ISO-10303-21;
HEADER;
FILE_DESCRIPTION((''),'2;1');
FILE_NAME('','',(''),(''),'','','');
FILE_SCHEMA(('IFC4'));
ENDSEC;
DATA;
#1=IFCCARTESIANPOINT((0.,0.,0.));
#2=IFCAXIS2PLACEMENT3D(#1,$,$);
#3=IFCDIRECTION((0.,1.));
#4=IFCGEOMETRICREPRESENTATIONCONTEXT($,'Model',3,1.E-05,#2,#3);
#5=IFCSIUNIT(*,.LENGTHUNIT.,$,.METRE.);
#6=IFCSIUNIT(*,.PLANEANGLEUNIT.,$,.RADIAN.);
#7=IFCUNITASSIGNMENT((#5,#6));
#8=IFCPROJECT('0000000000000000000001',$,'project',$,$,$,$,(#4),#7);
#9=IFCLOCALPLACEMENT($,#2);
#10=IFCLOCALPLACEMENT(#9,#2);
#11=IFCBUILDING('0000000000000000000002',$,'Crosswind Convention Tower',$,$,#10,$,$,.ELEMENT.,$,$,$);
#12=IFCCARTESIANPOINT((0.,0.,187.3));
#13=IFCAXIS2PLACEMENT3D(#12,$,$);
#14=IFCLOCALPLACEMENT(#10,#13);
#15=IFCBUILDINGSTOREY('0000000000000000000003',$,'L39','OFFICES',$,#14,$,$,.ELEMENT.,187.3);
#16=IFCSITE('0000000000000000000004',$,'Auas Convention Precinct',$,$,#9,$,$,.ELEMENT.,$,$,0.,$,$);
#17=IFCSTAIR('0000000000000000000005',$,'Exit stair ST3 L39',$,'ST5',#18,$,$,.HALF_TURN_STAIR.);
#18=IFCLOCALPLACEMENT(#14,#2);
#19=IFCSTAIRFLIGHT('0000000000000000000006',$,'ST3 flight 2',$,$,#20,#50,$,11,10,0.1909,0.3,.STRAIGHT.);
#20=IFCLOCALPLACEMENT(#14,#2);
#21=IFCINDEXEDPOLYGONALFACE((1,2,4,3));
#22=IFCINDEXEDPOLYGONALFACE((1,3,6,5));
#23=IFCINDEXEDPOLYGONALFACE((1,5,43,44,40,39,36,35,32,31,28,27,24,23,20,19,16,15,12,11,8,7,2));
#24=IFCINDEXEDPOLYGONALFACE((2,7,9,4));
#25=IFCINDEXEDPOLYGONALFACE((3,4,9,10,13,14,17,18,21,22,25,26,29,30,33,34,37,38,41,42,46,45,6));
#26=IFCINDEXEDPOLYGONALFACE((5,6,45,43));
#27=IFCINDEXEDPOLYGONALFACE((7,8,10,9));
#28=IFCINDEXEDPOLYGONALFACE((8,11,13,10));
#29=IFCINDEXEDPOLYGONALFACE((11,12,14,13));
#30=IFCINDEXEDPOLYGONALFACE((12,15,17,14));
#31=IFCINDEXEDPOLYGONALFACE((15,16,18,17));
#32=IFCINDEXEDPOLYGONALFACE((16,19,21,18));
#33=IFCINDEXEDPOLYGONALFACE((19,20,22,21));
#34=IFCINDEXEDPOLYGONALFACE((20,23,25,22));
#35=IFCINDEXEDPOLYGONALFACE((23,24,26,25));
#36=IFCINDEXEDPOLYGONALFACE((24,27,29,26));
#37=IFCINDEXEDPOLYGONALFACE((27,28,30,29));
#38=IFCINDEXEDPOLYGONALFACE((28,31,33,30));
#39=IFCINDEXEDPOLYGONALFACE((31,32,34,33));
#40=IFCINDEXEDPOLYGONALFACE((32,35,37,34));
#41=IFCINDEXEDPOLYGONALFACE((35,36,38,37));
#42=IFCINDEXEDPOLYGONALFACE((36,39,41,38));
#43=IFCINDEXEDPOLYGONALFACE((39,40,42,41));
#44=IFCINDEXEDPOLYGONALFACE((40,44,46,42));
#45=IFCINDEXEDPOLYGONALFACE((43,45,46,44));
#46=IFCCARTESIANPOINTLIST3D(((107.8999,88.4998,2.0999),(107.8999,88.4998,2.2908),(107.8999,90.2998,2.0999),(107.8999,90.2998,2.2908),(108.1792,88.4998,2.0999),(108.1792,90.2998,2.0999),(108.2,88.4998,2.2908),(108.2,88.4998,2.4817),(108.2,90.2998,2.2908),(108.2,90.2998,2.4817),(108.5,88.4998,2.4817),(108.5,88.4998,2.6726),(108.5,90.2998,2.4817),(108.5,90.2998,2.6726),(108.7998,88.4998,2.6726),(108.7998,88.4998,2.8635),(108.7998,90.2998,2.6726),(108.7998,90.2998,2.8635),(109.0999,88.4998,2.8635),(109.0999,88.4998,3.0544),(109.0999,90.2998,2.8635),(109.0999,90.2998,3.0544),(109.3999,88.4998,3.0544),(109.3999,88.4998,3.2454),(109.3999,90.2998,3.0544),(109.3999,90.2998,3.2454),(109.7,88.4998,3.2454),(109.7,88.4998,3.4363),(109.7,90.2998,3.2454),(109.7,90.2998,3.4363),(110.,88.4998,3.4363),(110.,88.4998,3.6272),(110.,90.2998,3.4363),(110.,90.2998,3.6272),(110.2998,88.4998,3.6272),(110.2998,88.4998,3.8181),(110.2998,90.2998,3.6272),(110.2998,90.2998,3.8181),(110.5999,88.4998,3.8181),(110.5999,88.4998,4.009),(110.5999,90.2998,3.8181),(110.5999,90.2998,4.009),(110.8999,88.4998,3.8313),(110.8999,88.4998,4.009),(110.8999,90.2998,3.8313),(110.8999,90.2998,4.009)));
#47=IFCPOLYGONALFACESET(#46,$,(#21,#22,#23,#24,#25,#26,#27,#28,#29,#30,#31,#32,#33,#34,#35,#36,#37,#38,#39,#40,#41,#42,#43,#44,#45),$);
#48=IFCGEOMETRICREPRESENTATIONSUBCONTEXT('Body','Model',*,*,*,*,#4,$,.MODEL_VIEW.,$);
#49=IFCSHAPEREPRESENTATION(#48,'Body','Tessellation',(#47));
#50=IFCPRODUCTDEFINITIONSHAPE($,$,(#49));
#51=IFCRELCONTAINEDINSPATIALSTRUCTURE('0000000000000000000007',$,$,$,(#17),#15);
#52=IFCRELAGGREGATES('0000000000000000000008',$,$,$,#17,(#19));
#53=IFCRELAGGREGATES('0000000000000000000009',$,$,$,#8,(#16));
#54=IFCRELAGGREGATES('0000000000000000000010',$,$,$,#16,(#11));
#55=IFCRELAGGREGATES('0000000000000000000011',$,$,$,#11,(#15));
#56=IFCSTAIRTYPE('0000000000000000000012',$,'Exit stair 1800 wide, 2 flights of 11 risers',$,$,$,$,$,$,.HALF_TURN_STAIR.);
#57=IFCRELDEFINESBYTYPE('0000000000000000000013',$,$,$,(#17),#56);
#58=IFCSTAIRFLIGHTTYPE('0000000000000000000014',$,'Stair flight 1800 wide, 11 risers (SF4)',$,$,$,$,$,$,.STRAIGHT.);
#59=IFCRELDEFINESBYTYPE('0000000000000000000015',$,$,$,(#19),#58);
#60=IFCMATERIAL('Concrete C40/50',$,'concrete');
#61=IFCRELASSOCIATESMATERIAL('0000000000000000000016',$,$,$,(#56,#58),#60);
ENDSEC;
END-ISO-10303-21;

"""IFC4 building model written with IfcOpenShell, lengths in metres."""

from ifc_helpers import new_model, si_unit, direction, frame, origin, place, context, subcontext, project, spatial, polyline, outline, extrude, material, type_object, element, aggregate, save


model = new_model("IFC4")

# Units and contexts
model_context = context("Model", 3, precision=1e-05, world=origin(), true_north=direction((0.0, 1.0)))
body_context = subcontext(model_context, "Body", "Model", "MODEL_VIEW")
ifc_project = project(units=[si_unit("LENGTHUNIT", "METRE"), si_unit("PLANEANGLEUNIT", "RADIAN")], contexts=[model_context])

# Site, building, storey
site_placement = place(None, origin())
site = spatial("IfcSite", under=ifc_project, at=site_placement, Name="Auas Convention Precinct", CompositionType="ELEMENT", RefElevation=0.0)
building_placement = place(site_placement, origin())
building = spatial("IfcBuilding", under=site, at=building_placement, Name="Crosswind Convention Tower", CompositionType="ELEMENT")
storey_placement = place(building_placement, frame((0.0, 0.0, 187.3)))
storey = spatial("IfcBuildingStorey", under=building, at=storey_placement, Name="L39", Description="OFFICES", CompositionType="ELEMENT", Elevation=187.3)

# Shared definitions
ifc_material_1 = material(Name="Concrete C40/50", Category="concrete")

# Stair
stair_type = type_object("IfcStairType", Name="Exit stair 1800 wide, 2 flights of 11 risers", PredefinedType="HALF_TURN_STAIR", material=ifc_material_1)
stair_1_placement = place(storey_placement, origin())
stair_1 = element("IfcStair", 1, at=stair_1_placement, inside=storey, type_object=stair_type, Name="Exit stair ST3 L39", ObjectType="ST5", PredefinedType="HALF_TURN_STAIR")

# Stair flight
stair_flight_type = type_object("IfcStairFlightType", Name="Stair flight 1800 wide, 11 risers (SF4)", PredefinedType="STRAIGHT", material=ifc_material_1)
stair_flight_1_placement = place(storey_placement, frame((107.8999, 89.3999, 2.0999), z_axis=(0.0, 0.0, 1.0), x_axis=(1.0, 0.0, 0.0)))
stair_flight_1 = element("IfcStairFlight", 2, at=stair_flight_1_placement, type_object=stair_flight_type, Name="ST3 flight 2", NumberOfRisers=11, NumberOfTreads=10, PredefinedType="STRAIGHT", RiserHeight=0.1909, TreadLength=0.3, context=body_context, shape_type="SweptSolid", body=[
    extrude(outline(polyline([(0.0, 0.0), (0.0, 0.1909), (0.3, 0.1909), (0.3, 0.3818), (0.6001, 0.3818), (0.6001, 0.5728), (0.8999, 0.5728), (0.8999, 0.7637), (1.2, 0.7637), (1.2, 0.9546), (1.5, 0.9546), (1.5, 1.1455), (1.8, 1.1455), (1.8, 1.3364), (2.1001, 1.3364), (2.1001, 1.5273), (2.3999, 1.5273), (2.3999, 1.7183), (2.7, 1.7183), (2.7, 1.9092), (3.0, 1.9092), (3.0, 2.1001), (3.0, 1.7314), (0.2793, 0.0), (0.0, 0.0)])), frame((0.0, 0.8999, 0.0), z_axis=(0.0, -1.0, 0.0), x_axis=(1.0, 0.0, 0.0)), (0.0, 0.0, 1.0), 1.8),
])
aggregate(stair_1, [stair_flight_1])

save(model, "model.ifc")
